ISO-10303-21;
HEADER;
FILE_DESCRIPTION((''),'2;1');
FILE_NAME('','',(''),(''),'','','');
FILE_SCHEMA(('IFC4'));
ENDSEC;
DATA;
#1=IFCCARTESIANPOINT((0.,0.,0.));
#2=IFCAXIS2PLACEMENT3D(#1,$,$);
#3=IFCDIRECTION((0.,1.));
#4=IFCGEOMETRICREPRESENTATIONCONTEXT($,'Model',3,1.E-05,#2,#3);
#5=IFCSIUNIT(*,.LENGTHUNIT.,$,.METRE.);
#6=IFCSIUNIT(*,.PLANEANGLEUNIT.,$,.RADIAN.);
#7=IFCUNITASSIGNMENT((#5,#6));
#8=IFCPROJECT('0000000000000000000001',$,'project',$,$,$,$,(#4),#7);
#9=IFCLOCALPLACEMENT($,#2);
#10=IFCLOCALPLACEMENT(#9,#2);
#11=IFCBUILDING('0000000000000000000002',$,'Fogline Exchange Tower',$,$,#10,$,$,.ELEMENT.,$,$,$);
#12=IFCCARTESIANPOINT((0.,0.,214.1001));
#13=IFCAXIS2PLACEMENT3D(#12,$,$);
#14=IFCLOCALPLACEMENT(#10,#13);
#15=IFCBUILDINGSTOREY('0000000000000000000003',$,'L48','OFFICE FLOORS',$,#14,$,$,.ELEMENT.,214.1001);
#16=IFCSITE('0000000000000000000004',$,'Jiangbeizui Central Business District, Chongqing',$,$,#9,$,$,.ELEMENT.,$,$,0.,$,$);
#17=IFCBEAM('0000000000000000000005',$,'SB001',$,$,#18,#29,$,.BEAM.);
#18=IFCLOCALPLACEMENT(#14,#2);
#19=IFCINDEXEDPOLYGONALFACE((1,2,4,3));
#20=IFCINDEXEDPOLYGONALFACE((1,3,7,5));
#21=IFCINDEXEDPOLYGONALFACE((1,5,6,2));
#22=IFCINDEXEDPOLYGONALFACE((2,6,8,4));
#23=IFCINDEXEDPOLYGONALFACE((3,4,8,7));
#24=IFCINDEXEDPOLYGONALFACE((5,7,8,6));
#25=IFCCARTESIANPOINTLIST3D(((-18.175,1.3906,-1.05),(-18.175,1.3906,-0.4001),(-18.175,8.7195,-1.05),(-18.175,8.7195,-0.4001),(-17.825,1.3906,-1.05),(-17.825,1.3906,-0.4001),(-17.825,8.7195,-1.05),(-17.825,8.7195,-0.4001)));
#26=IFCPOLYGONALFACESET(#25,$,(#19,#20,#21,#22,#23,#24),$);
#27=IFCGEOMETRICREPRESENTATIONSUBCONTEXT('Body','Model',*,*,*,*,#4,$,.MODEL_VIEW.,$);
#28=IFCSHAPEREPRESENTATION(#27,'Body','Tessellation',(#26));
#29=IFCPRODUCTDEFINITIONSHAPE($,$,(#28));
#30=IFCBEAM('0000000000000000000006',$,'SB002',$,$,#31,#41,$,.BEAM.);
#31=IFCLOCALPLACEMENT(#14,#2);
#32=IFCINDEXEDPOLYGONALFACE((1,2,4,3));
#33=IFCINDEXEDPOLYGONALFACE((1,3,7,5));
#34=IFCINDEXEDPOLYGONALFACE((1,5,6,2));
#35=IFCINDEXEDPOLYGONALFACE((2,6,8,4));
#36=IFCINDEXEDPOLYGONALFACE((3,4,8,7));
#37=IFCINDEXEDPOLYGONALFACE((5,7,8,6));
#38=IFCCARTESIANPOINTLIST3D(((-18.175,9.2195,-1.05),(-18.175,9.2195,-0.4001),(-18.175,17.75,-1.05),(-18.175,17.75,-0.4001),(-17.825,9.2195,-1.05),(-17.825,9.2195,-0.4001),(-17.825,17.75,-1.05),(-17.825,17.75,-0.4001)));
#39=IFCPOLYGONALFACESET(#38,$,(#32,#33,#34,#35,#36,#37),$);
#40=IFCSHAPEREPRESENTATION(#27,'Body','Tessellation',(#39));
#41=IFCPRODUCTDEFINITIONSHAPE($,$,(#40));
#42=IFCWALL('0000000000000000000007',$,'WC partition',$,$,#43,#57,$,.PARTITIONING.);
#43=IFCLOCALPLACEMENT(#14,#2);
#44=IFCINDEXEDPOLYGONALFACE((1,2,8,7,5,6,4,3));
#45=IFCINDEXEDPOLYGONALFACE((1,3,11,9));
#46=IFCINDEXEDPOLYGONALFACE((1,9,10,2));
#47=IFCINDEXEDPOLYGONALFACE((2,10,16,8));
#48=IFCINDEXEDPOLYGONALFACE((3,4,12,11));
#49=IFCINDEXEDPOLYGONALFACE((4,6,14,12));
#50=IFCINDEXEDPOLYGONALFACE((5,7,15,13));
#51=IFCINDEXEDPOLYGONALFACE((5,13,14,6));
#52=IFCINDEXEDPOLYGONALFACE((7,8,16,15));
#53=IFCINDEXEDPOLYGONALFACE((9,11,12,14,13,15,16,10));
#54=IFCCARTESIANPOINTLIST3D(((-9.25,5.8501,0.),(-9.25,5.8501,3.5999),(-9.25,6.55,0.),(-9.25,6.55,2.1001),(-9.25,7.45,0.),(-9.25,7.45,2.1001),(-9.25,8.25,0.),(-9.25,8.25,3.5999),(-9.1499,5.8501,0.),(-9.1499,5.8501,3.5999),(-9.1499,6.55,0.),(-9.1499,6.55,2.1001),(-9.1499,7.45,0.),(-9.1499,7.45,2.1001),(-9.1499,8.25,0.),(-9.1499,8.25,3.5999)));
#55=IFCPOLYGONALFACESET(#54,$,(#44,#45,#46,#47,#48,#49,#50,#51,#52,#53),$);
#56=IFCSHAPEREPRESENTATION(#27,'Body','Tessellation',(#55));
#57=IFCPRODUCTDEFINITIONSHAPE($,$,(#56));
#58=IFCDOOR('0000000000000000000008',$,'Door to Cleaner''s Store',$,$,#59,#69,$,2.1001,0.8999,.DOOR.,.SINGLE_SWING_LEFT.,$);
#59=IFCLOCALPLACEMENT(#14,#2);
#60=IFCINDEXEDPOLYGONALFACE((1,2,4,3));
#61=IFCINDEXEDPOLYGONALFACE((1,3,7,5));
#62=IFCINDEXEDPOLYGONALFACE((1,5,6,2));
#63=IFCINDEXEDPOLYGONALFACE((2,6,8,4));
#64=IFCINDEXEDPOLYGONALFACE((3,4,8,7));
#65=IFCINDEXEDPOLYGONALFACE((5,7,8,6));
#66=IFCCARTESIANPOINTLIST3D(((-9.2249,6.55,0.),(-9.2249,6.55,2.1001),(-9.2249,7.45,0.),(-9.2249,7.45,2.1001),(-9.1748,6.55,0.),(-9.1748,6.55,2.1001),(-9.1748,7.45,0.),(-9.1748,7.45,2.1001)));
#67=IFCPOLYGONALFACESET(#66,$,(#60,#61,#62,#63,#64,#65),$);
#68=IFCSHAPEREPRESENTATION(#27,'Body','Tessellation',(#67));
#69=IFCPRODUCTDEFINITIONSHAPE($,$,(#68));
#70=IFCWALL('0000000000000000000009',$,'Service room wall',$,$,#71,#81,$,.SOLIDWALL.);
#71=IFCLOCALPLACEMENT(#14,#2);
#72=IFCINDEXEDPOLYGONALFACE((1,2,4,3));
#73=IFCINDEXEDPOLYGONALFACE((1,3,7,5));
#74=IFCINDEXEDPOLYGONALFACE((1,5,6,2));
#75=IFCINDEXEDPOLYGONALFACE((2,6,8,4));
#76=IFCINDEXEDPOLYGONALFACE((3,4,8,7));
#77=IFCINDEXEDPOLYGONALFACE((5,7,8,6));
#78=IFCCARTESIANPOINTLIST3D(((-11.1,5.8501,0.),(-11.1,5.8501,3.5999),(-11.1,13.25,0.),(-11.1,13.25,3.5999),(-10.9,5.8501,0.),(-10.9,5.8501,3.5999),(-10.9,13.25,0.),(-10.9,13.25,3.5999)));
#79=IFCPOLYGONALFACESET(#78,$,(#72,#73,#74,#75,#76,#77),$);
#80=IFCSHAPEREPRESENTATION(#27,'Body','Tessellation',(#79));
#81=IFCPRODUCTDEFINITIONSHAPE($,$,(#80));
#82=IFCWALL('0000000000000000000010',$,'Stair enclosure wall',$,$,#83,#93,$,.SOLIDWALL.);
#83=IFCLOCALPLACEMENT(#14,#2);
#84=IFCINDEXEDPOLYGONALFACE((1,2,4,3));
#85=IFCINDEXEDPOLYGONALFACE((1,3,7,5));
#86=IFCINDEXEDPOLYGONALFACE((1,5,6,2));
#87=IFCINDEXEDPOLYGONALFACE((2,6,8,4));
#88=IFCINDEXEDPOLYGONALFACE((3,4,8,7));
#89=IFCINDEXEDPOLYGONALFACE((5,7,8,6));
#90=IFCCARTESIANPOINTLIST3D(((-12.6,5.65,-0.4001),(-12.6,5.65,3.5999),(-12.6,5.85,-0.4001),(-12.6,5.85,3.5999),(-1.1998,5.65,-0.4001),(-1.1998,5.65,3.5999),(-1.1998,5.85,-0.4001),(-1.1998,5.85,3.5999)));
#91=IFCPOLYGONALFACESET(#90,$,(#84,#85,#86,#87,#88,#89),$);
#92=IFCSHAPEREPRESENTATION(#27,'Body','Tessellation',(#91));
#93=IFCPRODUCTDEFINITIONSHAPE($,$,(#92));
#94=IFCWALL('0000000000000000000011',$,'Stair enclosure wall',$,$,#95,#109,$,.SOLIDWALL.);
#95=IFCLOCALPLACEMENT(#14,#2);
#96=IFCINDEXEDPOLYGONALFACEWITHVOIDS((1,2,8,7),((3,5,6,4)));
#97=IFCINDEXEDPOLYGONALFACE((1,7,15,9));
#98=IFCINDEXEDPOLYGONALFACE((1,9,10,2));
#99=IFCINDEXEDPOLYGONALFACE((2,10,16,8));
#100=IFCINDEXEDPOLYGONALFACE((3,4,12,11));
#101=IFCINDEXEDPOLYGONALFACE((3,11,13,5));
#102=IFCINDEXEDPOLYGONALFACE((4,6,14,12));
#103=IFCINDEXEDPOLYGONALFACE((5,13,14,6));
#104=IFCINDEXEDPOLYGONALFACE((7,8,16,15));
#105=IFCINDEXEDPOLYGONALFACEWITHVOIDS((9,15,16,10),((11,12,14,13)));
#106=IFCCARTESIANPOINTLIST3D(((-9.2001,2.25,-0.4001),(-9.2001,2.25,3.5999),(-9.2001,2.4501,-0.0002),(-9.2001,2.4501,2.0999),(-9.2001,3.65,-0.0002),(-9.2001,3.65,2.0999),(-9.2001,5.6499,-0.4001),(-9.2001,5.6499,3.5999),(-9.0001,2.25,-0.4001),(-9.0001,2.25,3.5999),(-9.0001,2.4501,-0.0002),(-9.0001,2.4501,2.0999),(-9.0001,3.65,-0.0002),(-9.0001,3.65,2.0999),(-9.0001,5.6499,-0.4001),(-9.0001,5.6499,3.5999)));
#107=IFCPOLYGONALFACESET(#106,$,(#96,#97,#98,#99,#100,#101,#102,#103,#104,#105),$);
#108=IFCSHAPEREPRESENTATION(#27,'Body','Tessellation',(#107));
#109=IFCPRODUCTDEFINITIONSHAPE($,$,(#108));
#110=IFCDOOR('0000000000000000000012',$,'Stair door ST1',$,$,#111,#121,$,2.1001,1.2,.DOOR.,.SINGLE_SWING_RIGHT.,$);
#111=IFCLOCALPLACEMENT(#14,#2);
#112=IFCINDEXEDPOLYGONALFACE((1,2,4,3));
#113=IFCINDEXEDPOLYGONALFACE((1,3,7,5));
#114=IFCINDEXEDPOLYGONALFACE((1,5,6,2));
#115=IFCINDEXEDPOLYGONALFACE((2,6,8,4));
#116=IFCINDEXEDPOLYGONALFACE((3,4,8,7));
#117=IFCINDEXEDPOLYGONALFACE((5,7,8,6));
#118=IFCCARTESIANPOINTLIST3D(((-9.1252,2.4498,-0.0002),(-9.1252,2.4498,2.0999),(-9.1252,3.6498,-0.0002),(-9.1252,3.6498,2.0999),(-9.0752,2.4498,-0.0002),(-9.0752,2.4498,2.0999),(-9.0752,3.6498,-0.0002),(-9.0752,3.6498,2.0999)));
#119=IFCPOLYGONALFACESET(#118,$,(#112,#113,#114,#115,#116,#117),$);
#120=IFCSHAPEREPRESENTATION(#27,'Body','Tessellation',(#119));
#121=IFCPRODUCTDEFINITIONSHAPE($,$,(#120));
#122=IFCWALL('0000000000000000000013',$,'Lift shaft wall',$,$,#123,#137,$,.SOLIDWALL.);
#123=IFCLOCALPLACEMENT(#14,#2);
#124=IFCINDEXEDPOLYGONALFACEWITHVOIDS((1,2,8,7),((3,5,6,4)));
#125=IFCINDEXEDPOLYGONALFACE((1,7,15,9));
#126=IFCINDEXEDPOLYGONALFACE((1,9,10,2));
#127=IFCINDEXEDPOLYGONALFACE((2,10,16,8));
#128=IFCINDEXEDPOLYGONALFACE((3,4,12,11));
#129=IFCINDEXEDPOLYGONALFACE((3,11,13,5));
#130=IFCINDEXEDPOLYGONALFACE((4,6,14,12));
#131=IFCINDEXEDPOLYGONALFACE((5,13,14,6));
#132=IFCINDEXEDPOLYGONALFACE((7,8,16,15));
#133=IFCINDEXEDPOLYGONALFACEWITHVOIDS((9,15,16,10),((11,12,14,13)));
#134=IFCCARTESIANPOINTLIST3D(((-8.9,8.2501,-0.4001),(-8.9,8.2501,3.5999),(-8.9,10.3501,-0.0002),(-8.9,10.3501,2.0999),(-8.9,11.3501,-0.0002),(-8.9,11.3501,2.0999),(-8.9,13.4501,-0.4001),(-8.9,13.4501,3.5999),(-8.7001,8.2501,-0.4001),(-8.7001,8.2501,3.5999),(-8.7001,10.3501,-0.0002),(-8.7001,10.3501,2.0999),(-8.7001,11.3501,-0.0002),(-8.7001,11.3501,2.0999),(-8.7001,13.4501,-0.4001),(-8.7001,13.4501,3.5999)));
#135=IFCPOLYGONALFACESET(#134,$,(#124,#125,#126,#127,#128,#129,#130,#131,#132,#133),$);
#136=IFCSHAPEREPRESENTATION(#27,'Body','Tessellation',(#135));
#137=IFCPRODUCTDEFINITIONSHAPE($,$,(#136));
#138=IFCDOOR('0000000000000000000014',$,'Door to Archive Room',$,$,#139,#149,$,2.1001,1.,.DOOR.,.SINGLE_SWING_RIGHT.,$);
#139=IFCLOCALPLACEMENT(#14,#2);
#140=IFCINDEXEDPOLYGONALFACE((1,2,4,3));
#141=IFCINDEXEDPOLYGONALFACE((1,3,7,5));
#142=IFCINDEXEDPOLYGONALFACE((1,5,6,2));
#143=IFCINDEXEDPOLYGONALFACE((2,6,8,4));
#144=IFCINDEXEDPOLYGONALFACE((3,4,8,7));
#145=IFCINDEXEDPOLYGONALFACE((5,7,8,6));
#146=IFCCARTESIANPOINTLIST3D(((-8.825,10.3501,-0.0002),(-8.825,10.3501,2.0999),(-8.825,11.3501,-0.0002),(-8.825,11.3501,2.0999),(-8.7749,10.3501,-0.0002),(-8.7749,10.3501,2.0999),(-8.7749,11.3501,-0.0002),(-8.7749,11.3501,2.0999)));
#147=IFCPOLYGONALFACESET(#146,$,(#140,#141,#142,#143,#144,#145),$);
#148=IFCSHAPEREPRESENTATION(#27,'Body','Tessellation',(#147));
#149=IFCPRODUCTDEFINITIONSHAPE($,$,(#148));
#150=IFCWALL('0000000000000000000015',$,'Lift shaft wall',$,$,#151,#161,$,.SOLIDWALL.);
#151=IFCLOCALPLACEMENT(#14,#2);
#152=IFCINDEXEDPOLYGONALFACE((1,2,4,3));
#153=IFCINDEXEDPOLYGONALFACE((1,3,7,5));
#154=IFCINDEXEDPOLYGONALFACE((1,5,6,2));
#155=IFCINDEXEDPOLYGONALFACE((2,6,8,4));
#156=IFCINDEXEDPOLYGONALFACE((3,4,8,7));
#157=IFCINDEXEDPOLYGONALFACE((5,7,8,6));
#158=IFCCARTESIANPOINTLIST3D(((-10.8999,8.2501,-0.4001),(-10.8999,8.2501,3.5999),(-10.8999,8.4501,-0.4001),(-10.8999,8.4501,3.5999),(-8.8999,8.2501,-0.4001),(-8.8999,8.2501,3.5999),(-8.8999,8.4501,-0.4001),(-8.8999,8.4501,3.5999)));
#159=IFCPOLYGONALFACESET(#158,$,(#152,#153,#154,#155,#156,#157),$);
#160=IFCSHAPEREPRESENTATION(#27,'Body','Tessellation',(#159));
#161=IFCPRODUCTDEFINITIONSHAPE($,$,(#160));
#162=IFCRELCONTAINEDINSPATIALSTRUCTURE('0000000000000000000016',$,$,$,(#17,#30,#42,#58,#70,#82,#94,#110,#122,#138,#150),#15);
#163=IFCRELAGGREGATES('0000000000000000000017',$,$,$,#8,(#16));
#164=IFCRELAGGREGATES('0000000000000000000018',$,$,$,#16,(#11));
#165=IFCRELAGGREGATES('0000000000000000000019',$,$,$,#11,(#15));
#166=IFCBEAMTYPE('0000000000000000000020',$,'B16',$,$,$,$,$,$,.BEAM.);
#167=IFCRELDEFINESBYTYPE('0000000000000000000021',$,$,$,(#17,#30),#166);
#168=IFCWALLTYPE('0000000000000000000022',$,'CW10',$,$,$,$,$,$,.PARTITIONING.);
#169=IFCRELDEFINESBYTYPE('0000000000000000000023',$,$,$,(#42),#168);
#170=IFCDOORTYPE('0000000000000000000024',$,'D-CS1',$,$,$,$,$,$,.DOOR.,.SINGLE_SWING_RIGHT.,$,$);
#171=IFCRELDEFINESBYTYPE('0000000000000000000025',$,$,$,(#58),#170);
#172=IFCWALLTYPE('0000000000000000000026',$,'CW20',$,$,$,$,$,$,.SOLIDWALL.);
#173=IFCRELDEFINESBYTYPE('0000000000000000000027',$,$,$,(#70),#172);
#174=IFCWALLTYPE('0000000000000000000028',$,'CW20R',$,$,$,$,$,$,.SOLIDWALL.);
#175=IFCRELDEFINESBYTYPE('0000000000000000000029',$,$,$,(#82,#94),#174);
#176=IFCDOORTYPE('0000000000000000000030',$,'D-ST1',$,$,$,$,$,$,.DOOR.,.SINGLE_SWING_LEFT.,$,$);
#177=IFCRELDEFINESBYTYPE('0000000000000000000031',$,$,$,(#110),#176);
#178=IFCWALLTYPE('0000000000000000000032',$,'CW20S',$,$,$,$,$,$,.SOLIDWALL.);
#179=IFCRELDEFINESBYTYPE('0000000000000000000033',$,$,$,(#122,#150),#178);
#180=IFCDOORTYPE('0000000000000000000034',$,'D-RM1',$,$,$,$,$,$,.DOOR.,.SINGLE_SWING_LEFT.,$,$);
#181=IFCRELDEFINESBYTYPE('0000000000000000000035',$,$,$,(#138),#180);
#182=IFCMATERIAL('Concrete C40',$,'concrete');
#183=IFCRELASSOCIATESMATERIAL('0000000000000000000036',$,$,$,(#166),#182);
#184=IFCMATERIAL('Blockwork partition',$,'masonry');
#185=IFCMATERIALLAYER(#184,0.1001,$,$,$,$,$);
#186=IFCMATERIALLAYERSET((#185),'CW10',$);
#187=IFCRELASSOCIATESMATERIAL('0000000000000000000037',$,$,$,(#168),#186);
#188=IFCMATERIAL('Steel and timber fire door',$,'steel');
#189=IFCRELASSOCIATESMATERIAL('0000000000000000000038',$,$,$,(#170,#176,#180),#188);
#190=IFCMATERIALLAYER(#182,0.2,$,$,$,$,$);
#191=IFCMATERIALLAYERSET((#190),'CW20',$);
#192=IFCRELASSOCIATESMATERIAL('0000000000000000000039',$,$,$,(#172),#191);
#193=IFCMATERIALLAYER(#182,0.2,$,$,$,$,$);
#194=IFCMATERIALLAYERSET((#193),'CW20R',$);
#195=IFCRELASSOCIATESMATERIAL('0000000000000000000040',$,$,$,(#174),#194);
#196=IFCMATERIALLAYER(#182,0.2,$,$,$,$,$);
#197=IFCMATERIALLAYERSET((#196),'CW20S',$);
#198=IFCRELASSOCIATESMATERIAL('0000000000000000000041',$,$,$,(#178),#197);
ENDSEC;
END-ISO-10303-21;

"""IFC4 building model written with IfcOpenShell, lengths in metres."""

from ifc_helpers import new_model, si_unit, direction, frame, frame_2d, origin, origin_2d, place, context, subcontext, project, spatial, rectangle, extrude, material, layer, layer_set, material_profile, profile_set, type_object, element, fill, save


model = new_model("IFC4")

# Units and contexts
model_context = context("Model", 3, precision=1e-05, world=origin(), true_north=direction((0.0, 1.0)))
body_context = subcontext(model_context, "Body", "Model", "MODEL_VIEW")
ifc_project = project(units=[si_unit("LENGTHUNIT", "METRE"), si_unit("PLANEANGLEUNIT", "RADIAN")], contexts=[model_context])

# Site, building, storey
site_placement = place(None, origin())
site = spatial("IfcSite", under=ifc_project, at=site_placement, Name="Jiangbeizui Central Business District, Chongqing", CompositionType="ELEMENT", RefElevation=0.0)
building_placement = place(site_placement, origin())
building = spatial("IfcBuilding", under=site, at=building_placement, Name="Fogline Exchange Tower", CompositionType="ELEMENT")
storey_placement = place(building_placement, frame((0.0, 0.0, 214.1001)))
storey = spatial("IfcBuildingStorey", under=building, at=storey_placement, Name="L48", Description="OFFICE FLOORS", CompositionType="ELEMENT", Elevation=214.1001)

# Beams
ifc_material_1 = material(Name="Concrete C40", Category="concrete")
ifc_material_profile = material_profile(ifc_material_1, rectangle(XDim=0.3501, YDim=0.6499, at=origin_2d()), Name="RC 350x650")
ifc_profile_set = profile_set([ifc_material_profile], Name="Concrete C40")
beam_type = type_object("IfcBeamType", Name="B16", PredefinedType="BEAM", material=ifc_profile_set)
beam_1_placement = place(storey_placement, frame((-18.0, 1.3906, -0.7251), z_axis=(0.0, 1.0, 0.0), x_axis=(-1.0, 0.0, 0.0)))
element("IfcBeam", 1, at=beam_1_placement, inside=storey, type_object=beam_type, Name="SB001", PredefinedType="BEAM", context=body_context, shape_type="SweptSolid", body=[
    extrude(rectangle(XDim=0.3501, YDim=0.6499, at=origin_2d()), origin(), (0.0, 0.0, 1.0), 7.3289),
])
beam_2_placement = place(storey_placement, frame((-18.0, 9.2195, -0.7251), z_axis=(0.0, 1.0, 0.0), x_axis=(-1.0, 0.0, 0.0)))
element("IfcBeam", 2, at=beam_2_placement, inside=storey, type_object=beam_type, Name="SB002", PredefinedType="BEAM", context=body_context, shape_type="SweptSolid", body=[
    extrude(rectangle(XDim=0.3501, YDim=0.6499, at=origin_2d()), origin(), (0.0, 0.0, 1.0), 8.5305),
])

# Wall, opening, door
ifc_material_2 = material(Name="Blockwork partition", Category="masonry")
ifc_layer_1 = layer(ifc_material_2, 0.1001)
ifc_layer_set_1 = layer_set([ifc_layer_1], Name="CW10")
wall_type_1 = type_object("IfcWallType", Name="CW10", PredefinedType="PARTITIONING", material=ifc_layer_set_1)
wall_1_placement = place(storey_placement, frame((-9.2, 5.8501, 0.0), z_axis=(0.0, 0.0, 1.0), x_axis=(0.0, 1.0, 0.0)))
wall_1 = element("IfcWall", 3, at=wall_1_placement, inside=storey, type_object=wall_type_1, Name="WC partition", PredefinedType="PARTITIONING", context=body_context, shape_type="SweptSolid", body=[
    extrude(rectangle(XDim=2.3999, YDim=0.1001, at=frame_2d((1.2, 0.0))), origin(), (0.0, 0.0, 1.0), 3.5999),
])
opening_1_placement = place(wall_1_placement, frame((0.7, 0.0, 0.0)))
opening_1 = element("IfcOpeningElement", 4, at=opening_1_placement, cuts=wall_1, PredefinedType="OPENING", context=body_context, shape_type="SweptSolid", body=[
    extrude(rectangle(XDim=0.8999, YDim=2.1001, at=frame_2d((0.45, 1.05))), frame((0.0, 0.0601, 0.0), z_axis=(0.0, -1.0, 0.0), x_axis=(1.0, 0.0, 0.0)), (0.0, 0.0, 1.0), 0.1201),
])
ifc_material_3 = material(Name="Steel and timber fire door", Category="steel")
door_type_1 = type_object("IfcDoorType", Name="D-CS1", OperationType="SINGLE_SWING_RIGHT", PredefinedType="DOOR", material=ifc_material_3)
door_1_placement = place(opening_1_placement, origin())
door_1 = element("IfcDoor", 5, at=door_1_placement, inside=storey, type_object=door_type_1, Name="Door to Cleaner's Store", OperationType="SINGLE_SWING_LEFT", OverallHeight=2.1001, OverallWidth=0.8999, PredefinedType="DOOR", context=body_context, shape_type="SweptSolid", body=[
    extrude(rectangle(XDim=0.8999, YDim=2.1001, at=frame_2d((0.45, 1.05))), frame((0.0, 0.0249, 0.0), z_axis=(0.0, -1.0, 0.0), x_axis=(1.0, 0.0, 0.0)), (0.0, 0.0, 1.0), 0.05),
])
fill(opening_1, door_1)

# Walls
ifc_layer_2 = layer(ifc_material_1, 0.2)
ifc_layer_set_2 = layer_set([ifc_layer_2], Name="CW20")
wall_type_2 = type_object("IfcWallType", Name="CW20", PredefinedType="SOLIDWALL", material=ifc_layer_set_2)
wall_2_placement = place(storey_placement, frame((-11.0, 5.8501, 0.0), z_axis=(0.0, 0.0, 1.0), x_axis=(0.0, 1.0, 0.0)))
element("IfcWall", 6, at=wall_2_placement, inside=storey, type_object=wall_type_2, Name="Service room wall", PredefinedType="SOLIDWALL", context=body_context, shape_type="SweptSolid", body=[
    extrude(rectangle(XDim=7.3999, YDim=0.2, at=frame_2d((3.7, 0.0))), origin(), (0.0, 0.0, 1.0), 3.5999),
])
ifc_layer_3 = layer(ifc_material_1, 0.2)
ifc_layer_set_3 = layer_set([ifc_layer_3], Name="CW20R")
wall_type_3 = type_object("IfcWallType", Name="CW20R", PredefinedType="SOLIDWALL", material=ifc_layer_set_3)
wall_3_placement = place(storey_placement, frame((-12.6001, 5.75, -0.4001), z_axis=(0.0, 0.0, 1.0), x_axis=(1.0, 0.0, 0.0)))
element("IfcWall", 7, at=wall_3_placement, inside=storey, type_object=wall_type_3, Name="Stair enclosure wall", PredefinedType="SOLIDWALL", context=body_context, shape_type="SweptSolid", body=[
    extrude(rectangle(XDim=11.4001, YDim=0.2, at=frame_2d((5.7002, 0.0))), origin(), (0.0, 0.0, 1.0), 4.0),
])

# Walls, openings, doors
wall_4_placement = place(storey_placement, frame((-9.1001, 2.25, -0.4001), z_axis=(0.0, 0.0, 1.0), x_axis=(0.0, 1.0, 0.0)))
wall_4 = element("IfcWall", 8, at=wall_4_placement, inside=storey, type_object=wall_type_3, Name="Stair enclosure wall", PredefinedType="SOLIDWALL", context=body_context, shape_type="SweptSolid", body=[
    extrude(rectangle(XDim=3.3999, YDim=0.2, at=frame_2d((1.7, 0.0))), origin(), (0.0, 0.0, 1.0), 4.0),
])
opening_2_placement = place(wall_4_placement, frame((0.2, 0.0, 0.3999)))
opening_2 = element("IfcOpeningElement", 9, at=opening_2_placement, cuts=wall_4, PredefinedType="OPENING", context=body_context, shape_type="SweptSolid", body=[
    extrude(rectangle(XDim=1.2, YDim=2.1001, at=frame_2d((0.6001, 1.05))), frame((0.0, 0.1099, 0.0), z_axis=(0.0, -1.0, 0.0), x_axis=(1.0, 0.0, 0.0)), (0.0, 0.0, 1.0), 0.22),
])
door_type_2 = type_object("IfcDoorType", Name="D-ST1", OperationType="SINGLE_SWING_LEFT", PredefinedType="DOOR", material=ifc_material_3)
door_2_placement = place(opening_2_placement, frame((1.2, 0.0, 0.0), z_axis=(0.0, 0.0, 1.0), x_axis=(-1.0, 0.0, 0.0)))
door_2 = element("IfcDoor", 10, at=door_2_placement, inside=storey, type_object=door_type_2, Name="Stair door ST1", OperationType="SINGLE_SWING_RIGHT", OverallHeight=2.1001, OverallWidth=1.2, PredefinedType="DOOR", context=body_context, shape_type="SweptSolid", body=[
    extrude(rectangle(XDim=1.2, YDim=2.1001, at=frame_2d((0.6001, 1.05))), frame((0.0, 0.0249, 0.0), z_axis=(0.0, -1.0, 0.0), x_axis=(1.0, 0.0, 0.0)), (0.0, 0.0, 1.0), 0.05),
])
fill(opening_2, door_2)
ifc_layer_4 = layer(ifc_material_1, 0.2)
ifc_layer_set_4 = layer_set([ifc_layer_4], Name="CW20S")
wall_type_4 = type_object("IfcWallType", Name="CW20S", PredefinedType="SOLIDWALL", material=ifc_layer_set_4)
wall_5_placement = place(storey_placement, frame((-8.8, 8.25, -0.4001), z_axis=(0.0, 0.0, 1.0), x_axis=(0.0, 1.0, 0.0)))
wall_5 = element("IfcWall", 11, at=wall_5_placement, inside=storey, type_object=wall_type_4, Name="Lift shaft wall", PredefinedType="SOLIDWALL", context=body_context, shape_type="SweptSolid", body=[
    extrude(rectangle(XDim=5.2, YDim=0.2, at=frame_2d((2.6001, 0.0))), origin(), (0.0, 0.0, 1.0), 4.0),
])
opening_3_placement = place(wall_5_placement, frame((2.1001, 0.0, 0.3999)))
opening_3 = element("IfcOpeningElement", 12, at=opening_3_placement, cuts=wall_5, PredefinedType="OPENING", context=body_context, shape_type="SweptSolid", body=[
    extrude(rectangle(XDim=1.0, YDim=2.1001, at=frame_2d((0.5, 1.05))), frame((0.0, 0.1099, 0.0), z_axis=(0.0, -1.0, 0.0), x_axis=(1.0, 0.0, 0.0)), (0.0, 0.0, 1.0), 0.22),
])
door_type_3 = type_object("IfcDoorType", Name="D-RM1", OperationType="SINGLE_SWING_LEFT", PredefinedType="DOOR", material=ifc_material_3)
door_3_placement = place(opening_3_placement, origin())
door_3 = element("IfcDoor", 13, at=door_3_placement, inside=storey, type_object=door_type_3, Name="Door to Archive Room", OperationType="SINGLE_SWING_RIGHT", OverallHeight=2.1001, OverallWidth=1.0, PredefinedType="DOOR", context=body_context, shape_type="SweptSolid", body=[
    extrude(rectangle(XDim=1.0, YDim=2.1001, at=frame_2d((0.5, 1.05))), frame((0.0, 0.0249, 0.0), z_axis=(0.0, -1.0, 0.0), x_axis=(1.0, 0.0, 0.0)), (0.0, 0.0, 1.0), 0.05),
])
fill(opening_3, door_3)

# Wall
wall_6_placement = place(storey_placement, frame((-10.8999, 8.3501, -0.4001), z_axis=(0.0, 0.0, 1.0), x_axis=(1.0, 0.0, 0.0)))
element("IfcWall", 14, at=wall_6_placement, inside=storey, type_object=wall_type_4, Name="Lift shaft wall", PredefinedType="SOLIDWALL", context=body_context, shape_type="SweptSolid", body=[
    extrude(rectangle(XDim=2.0, YDim=0.2, at=frame_2d((1.0, 0.0))), origin(), (0.0, 0.0, 1.0), 4.0),
])

save(model, "model.ifc")
